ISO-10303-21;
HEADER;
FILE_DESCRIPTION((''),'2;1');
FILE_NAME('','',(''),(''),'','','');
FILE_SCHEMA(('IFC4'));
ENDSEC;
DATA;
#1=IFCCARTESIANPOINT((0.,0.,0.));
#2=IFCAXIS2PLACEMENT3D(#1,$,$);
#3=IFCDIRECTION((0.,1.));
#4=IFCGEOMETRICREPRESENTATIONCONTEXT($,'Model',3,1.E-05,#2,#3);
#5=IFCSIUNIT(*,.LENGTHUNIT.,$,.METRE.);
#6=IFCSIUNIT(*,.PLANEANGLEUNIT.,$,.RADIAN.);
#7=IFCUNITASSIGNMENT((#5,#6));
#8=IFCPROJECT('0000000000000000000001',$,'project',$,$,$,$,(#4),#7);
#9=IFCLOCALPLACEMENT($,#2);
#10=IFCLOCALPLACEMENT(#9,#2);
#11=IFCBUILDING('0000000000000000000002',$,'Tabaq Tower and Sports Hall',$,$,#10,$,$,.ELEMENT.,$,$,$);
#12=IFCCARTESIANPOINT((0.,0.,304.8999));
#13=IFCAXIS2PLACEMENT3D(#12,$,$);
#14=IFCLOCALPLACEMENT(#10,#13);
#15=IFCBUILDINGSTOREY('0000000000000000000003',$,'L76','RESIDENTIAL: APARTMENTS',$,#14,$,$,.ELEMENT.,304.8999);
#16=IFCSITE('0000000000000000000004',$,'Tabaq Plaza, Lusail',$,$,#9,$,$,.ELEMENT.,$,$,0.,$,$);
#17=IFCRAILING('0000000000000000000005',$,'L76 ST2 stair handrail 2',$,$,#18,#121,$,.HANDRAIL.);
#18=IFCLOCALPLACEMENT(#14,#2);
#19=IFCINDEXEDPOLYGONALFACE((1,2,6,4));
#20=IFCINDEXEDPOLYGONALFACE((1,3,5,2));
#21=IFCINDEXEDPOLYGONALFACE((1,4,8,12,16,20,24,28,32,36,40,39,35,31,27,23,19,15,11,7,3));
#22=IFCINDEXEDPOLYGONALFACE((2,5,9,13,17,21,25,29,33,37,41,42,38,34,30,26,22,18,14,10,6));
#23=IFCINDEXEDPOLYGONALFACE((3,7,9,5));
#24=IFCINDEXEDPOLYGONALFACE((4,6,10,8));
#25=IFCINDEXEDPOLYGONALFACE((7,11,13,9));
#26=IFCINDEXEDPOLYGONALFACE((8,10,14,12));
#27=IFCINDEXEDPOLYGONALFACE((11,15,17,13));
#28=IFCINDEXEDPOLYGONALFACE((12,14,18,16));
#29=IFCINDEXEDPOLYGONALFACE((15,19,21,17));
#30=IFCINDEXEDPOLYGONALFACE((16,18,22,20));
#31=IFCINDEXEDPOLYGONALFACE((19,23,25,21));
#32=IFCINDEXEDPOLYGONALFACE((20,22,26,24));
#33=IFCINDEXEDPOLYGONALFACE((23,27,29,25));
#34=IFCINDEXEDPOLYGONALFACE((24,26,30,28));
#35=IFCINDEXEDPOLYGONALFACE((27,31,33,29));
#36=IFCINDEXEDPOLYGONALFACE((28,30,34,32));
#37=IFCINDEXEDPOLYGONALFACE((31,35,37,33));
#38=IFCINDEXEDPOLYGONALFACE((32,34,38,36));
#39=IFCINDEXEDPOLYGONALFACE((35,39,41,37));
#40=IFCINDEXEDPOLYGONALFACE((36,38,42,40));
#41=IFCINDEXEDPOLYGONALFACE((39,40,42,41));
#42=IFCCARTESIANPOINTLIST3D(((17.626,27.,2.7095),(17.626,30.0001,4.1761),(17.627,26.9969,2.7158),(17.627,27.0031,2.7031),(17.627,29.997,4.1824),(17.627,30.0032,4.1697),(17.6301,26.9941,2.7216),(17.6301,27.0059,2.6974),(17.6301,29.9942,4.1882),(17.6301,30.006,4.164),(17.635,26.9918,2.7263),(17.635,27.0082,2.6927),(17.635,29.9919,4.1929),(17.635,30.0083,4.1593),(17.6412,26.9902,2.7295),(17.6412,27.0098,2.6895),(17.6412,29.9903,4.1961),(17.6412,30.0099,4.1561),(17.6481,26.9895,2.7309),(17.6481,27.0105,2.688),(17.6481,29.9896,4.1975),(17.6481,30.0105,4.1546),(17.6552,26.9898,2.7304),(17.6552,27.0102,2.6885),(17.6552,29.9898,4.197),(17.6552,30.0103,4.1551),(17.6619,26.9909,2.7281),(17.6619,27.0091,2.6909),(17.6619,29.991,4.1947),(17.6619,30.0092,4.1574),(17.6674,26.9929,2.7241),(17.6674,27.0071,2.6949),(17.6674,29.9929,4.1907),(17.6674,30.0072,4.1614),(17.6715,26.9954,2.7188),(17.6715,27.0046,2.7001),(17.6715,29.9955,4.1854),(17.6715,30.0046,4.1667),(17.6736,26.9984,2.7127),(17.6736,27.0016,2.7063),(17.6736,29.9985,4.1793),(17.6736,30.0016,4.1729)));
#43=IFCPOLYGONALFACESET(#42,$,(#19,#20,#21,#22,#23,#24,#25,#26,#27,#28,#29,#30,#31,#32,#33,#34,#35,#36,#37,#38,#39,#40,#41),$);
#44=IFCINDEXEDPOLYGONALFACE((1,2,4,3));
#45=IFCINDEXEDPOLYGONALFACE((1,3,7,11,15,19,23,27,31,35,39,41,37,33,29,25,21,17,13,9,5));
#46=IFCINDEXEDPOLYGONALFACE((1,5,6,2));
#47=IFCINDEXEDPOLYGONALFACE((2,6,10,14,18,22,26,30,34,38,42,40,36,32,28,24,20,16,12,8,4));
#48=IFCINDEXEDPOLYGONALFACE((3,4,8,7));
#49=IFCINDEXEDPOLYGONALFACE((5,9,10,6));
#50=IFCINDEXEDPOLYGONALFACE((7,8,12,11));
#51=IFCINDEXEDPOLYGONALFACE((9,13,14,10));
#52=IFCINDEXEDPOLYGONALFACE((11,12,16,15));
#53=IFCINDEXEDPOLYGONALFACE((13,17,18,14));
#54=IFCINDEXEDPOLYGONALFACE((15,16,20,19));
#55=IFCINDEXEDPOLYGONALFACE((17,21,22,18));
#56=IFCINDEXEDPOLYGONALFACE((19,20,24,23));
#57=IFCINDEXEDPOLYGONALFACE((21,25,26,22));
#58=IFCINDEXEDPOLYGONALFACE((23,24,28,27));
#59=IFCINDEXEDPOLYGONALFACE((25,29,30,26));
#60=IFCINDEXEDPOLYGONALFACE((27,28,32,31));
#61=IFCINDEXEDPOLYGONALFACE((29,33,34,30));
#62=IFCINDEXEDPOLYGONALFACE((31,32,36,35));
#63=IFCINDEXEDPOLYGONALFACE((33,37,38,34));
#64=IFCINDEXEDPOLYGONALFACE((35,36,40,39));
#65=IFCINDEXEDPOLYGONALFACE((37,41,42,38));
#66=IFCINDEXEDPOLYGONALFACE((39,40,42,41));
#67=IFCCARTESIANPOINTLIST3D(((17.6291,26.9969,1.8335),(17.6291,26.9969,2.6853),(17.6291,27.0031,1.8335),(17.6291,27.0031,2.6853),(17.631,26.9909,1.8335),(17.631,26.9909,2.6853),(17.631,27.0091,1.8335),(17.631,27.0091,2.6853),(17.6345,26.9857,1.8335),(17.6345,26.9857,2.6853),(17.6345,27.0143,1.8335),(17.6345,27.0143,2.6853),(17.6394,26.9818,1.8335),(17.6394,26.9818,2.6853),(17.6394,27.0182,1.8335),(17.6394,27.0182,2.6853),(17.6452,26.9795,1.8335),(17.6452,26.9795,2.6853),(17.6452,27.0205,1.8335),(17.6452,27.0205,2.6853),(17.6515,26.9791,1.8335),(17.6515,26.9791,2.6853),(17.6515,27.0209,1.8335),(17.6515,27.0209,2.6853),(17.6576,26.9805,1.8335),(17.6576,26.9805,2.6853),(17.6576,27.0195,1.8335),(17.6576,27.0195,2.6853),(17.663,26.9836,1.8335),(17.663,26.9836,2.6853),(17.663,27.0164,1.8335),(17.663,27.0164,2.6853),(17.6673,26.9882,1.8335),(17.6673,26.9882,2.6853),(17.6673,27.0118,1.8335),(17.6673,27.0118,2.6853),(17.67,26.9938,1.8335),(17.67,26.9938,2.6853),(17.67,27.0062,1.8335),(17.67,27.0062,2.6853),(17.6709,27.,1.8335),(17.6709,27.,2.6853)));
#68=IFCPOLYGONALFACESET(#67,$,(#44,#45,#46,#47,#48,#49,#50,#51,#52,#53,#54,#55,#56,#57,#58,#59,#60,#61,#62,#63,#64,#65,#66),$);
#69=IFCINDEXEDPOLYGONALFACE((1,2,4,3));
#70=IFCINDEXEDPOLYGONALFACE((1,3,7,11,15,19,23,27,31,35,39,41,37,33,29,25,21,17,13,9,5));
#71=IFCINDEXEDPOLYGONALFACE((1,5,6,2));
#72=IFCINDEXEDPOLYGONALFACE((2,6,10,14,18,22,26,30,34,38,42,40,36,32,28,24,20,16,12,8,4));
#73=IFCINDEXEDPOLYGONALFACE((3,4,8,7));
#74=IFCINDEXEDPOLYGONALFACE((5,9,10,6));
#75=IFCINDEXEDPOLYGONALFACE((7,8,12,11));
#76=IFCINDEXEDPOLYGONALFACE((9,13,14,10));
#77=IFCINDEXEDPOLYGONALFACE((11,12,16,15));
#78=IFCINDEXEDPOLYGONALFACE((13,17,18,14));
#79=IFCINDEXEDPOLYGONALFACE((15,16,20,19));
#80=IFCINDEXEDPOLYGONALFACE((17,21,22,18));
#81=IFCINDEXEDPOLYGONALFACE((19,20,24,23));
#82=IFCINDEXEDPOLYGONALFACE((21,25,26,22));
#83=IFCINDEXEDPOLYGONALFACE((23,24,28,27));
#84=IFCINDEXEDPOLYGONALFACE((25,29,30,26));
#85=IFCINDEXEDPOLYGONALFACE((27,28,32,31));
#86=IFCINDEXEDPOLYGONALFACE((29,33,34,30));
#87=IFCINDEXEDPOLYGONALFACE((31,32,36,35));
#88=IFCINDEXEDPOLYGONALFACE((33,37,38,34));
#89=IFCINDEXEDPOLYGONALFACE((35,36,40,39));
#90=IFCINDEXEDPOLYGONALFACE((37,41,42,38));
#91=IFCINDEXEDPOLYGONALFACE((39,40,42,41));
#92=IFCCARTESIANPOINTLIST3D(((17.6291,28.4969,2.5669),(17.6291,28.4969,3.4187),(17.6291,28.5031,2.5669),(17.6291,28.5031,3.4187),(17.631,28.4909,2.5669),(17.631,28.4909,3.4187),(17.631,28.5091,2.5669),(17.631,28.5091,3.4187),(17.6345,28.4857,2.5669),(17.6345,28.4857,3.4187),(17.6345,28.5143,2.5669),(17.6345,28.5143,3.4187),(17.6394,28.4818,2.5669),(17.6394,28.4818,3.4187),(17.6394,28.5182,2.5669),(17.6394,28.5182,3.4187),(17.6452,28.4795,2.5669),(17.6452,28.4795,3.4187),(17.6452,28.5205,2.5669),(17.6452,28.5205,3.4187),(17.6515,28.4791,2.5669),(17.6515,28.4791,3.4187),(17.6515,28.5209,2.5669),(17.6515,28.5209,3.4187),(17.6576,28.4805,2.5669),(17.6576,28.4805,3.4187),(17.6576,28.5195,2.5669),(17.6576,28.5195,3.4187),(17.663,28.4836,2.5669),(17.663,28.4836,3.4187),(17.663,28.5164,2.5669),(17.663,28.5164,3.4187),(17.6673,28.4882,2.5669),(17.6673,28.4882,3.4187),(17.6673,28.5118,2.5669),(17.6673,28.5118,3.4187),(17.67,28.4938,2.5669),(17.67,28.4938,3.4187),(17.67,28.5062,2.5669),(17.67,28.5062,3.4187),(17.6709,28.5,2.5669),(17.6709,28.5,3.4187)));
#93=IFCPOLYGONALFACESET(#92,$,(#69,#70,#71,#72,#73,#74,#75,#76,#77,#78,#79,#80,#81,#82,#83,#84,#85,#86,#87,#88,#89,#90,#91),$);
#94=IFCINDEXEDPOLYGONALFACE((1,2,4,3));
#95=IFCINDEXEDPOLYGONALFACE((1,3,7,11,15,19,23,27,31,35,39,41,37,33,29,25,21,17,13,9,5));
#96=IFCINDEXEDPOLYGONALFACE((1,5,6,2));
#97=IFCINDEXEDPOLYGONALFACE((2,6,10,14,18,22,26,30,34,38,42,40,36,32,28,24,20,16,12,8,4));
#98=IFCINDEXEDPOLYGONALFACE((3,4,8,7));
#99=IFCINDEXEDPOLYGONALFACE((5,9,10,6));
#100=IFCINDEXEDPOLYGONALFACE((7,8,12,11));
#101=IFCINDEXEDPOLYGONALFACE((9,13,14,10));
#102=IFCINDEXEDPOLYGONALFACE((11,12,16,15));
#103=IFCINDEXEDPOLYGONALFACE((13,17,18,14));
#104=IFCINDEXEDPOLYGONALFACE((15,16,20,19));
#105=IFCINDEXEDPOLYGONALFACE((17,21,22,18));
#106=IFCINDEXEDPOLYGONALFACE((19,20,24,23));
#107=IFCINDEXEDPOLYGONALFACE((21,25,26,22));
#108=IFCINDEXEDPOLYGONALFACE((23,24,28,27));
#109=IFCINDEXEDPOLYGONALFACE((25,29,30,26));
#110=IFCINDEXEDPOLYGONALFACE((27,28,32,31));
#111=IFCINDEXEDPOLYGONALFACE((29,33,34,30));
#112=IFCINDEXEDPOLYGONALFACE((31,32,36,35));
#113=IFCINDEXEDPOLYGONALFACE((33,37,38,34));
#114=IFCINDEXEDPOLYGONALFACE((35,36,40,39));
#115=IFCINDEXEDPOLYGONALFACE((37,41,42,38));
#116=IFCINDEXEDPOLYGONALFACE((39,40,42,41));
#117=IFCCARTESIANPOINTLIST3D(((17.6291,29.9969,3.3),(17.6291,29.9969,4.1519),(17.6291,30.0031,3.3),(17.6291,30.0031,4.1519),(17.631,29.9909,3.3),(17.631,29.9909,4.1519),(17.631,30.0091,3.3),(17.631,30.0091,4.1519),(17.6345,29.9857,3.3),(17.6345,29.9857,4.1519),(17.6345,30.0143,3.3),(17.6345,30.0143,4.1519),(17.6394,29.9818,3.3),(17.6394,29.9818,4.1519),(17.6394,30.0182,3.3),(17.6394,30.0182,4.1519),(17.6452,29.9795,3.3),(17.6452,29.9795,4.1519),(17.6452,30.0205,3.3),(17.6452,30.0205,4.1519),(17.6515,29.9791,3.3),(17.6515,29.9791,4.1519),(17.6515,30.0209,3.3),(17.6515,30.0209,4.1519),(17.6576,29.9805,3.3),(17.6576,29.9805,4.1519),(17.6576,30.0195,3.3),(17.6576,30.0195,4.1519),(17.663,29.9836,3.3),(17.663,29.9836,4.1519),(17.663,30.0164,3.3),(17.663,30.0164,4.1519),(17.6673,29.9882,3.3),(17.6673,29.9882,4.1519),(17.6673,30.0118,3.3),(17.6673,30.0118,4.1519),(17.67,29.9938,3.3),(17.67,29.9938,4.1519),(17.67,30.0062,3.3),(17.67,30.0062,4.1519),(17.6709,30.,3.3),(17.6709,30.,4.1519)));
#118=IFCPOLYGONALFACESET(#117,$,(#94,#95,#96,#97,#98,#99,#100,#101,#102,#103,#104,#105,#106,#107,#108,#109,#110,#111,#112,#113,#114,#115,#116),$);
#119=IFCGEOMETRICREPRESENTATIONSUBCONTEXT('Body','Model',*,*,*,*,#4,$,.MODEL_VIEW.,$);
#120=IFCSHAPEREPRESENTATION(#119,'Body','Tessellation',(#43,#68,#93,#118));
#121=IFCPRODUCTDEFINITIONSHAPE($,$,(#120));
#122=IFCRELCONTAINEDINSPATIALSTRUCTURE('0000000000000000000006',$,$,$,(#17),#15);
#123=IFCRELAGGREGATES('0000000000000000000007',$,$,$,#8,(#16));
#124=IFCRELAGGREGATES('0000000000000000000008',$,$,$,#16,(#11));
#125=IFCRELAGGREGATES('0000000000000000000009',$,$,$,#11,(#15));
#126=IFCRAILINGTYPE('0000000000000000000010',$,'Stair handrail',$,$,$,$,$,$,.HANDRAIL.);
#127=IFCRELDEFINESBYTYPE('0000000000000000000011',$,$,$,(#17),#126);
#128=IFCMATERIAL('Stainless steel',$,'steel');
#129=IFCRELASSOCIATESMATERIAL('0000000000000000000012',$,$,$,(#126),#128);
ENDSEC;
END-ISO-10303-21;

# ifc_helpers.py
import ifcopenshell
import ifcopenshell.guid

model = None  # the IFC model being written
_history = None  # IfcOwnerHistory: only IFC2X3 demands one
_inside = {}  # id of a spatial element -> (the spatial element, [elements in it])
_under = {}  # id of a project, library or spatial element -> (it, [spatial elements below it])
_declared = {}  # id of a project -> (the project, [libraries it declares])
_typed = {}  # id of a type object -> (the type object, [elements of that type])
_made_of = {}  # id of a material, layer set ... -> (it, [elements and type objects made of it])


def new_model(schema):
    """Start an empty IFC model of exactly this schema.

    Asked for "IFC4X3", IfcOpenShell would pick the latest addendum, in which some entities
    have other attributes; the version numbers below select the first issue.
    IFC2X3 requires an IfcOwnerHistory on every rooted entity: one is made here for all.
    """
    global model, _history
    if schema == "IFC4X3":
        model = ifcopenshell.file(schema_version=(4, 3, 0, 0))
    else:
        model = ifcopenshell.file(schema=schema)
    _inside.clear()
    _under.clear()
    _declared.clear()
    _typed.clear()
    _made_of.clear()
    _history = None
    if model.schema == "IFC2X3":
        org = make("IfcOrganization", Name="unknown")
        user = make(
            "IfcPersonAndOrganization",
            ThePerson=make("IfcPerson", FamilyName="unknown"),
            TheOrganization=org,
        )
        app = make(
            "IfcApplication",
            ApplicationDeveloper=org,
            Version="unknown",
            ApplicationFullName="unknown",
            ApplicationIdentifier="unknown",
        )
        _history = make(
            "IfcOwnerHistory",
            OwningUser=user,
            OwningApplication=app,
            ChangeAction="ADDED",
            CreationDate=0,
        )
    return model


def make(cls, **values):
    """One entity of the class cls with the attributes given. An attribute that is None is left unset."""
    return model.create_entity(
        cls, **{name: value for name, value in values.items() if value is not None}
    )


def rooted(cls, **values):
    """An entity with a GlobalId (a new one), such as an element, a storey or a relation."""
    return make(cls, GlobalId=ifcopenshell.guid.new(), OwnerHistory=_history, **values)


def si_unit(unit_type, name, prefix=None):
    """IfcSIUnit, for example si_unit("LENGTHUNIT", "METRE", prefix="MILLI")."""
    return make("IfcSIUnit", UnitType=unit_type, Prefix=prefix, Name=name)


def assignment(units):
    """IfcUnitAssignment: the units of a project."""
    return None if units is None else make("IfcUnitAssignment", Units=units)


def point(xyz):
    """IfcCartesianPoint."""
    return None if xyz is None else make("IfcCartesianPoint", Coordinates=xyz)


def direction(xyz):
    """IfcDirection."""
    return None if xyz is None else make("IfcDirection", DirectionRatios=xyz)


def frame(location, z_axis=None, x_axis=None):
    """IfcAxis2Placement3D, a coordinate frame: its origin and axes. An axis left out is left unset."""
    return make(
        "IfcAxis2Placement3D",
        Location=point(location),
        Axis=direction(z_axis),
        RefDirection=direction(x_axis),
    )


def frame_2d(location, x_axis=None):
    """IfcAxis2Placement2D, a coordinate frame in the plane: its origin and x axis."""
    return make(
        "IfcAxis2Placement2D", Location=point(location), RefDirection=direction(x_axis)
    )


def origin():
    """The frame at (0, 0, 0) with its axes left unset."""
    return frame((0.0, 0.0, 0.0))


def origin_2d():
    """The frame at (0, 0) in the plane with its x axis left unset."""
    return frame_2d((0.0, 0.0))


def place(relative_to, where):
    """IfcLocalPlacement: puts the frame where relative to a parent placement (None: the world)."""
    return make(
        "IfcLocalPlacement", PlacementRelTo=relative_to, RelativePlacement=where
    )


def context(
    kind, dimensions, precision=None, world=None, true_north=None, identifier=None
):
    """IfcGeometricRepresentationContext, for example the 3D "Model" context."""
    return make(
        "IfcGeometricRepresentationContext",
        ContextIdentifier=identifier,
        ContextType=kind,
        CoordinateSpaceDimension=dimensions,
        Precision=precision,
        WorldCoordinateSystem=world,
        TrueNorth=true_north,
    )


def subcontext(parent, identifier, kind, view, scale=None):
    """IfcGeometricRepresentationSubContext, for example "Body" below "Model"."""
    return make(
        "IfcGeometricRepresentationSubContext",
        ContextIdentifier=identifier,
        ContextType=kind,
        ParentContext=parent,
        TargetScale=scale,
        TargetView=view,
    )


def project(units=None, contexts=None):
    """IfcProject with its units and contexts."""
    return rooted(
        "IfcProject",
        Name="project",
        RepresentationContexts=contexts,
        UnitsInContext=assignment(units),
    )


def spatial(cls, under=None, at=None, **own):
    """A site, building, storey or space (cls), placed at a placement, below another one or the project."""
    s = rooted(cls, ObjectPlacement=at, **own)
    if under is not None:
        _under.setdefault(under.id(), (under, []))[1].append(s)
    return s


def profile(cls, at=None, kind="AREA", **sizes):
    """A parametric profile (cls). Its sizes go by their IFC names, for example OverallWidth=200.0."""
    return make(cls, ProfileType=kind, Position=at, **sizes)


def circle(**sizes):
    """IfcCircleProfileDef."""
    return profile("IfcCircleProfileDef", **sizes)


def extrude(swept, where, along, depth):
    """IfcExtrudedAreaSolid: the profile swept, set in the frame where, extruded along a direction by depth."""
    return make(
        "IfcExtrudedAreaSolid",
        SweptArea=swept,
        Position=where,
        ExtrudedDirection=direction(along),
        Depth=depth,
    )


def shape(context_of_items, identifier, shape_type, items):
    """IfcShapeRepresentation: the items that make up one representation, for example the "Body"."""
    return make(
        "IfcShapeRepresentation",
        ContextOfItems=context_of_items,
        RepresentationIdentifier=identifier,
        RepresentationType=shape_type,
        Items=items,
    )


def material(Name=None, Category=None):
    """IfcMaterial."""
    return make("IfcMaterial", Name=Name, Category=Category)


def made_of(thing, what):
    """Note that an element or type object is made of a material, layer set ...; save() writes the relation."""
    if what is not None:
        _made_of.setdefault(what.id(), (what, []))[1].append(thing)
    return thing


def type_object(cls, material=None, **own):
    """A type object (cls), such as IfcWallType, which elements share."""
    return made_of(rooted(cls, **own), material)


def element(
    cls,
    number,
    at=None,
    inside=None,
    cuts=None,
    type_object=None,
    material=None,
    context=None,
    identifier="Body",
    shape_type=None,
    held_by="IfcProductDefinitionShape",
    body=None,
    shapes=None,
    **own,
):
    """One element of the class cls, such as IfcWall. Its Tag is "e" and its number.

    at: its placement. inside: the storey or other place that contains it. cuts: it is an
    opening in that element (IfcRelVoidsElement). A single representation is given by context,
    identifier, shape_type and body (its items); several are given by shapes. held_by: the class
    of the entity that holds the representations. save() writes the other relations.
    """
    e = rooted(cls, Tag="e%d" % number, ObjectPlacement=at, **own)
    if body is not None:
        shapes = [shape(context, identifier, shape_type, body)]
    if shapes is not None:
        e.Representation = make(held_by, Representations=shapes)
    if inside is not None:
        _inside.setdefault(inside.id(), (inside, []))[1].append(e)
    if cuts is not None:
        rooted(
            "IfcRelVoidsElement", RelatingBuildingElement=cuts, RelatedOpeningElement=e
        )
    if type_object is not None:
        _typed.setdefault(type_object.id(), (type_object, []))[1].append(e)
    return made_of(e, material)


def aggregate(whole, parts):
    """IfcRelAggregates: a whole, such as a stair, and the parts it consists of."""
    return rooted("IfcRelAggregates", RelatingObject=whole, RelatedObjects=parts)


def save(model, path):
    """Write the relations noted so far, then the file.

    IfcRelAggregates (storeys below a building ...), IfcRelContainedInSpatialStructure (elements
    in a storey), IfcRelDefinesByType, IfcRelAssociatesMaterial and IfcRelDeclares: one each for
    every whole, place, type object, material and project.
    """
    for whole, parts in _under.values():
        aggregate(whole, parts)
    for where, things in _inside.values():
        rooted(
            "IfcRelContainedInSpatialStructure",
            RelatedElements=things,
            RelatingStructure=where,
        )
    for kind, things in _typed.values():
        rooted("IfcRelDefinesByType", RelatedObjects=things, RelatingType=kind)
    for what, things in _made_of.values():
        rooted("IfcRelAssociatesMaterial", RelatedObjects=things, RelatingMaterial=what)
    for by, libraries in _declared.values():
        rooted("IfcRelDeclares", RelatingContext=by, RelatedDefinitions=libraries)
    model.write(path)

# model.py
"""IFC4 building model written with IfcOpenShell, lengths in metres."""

from ifc_helpers import new_model, si_unit, direction, frame, origin, origin_2d, place, context, subcontext, project, spatial, circle, extrude, material, type_object, element, save


model = new_model("IFC4")

# Units and contexts
model_context = context("Model", 3, precision=1e-05, world=origin(), true_north=direction((0.0, 1.0)))
body_context = subcontext(model_context, "Body", "Model", "MODEL_VIEW")
ifc_project = project(units=[si_unit("LENGTHUNIT", "METRE"), si_unit("PLANEANGLEUNIT", "RADIAN")], contexts=[model_context])

# Site, building, storey
site_placement = place(None, origin())
site = spatial("IfcSite", under=ifc_project, at=site_placement, Name="Tabaq Plaza, Lusail", CompositionType="ELEMENT", RefElevation=0.0)
building_placement = place(site_placement, origin())
building = spatial("IfcBuilding", under=site, at=building_placement, Name="Tabaq Tower and Sports Hall", CompositionType="ELEMENT")
storey_placement = place(building_placement, frame((0.0, 0.0, 304.8999)))
storey = spatial("IfcBuildingStorey", under=building, at=storey_placement, Name="L76", Description="RESIDENTIAL: APARTMENTS", CompositionType="ELEMENT", Elevation=304.8999)

# Railing
ifc_material_1 = material(Name="Stainless steel", Category="steel")
railing_type_1 = type_object("IfcRailingType", Name="Stair handrail", PredefinedType="HANDRAIL", material=ifc_material_1)
railing_1_placement = place(storey_placement, frame((17.6499, 27.0, 1.8335)))
element("IfcRailing", 1, at=railing_1_placement, inside=storey, type_object=railing_type_1, Name="L76 ST2 stair handrail 2", PredefinedType="HANDRAIL", context=body_context, shape_type="SweptSolid", body=[
    extrude(circle(Radius=0.0239, at=origin_2d()), frame((0.0, 0.0, 0.876), z_axis=(0.0, 0.898398, 0.439183), x_axis=(-1.0, 0.0, 0.0)), (0.0, 0.0, 1.0), 3.3394),
    extrude(circle(Radius=0.021, at=origin_2d()), origin(), (0.0, 0.0, 1.0), 0.8518),
    extrude(circle(Radius=0.021, at=origin_2d()), frame((0.0, 1.5, 0.7334)), (0.0, 0.0, 1.0), 0.8518),
    extrude(circle(Radius=0.021, at=origin_2d()), frame((0.0, 3.0, 1.4666)), (0.0, 0.0, 1.0), 0.8518),
])

save(model, "model.ifc")
